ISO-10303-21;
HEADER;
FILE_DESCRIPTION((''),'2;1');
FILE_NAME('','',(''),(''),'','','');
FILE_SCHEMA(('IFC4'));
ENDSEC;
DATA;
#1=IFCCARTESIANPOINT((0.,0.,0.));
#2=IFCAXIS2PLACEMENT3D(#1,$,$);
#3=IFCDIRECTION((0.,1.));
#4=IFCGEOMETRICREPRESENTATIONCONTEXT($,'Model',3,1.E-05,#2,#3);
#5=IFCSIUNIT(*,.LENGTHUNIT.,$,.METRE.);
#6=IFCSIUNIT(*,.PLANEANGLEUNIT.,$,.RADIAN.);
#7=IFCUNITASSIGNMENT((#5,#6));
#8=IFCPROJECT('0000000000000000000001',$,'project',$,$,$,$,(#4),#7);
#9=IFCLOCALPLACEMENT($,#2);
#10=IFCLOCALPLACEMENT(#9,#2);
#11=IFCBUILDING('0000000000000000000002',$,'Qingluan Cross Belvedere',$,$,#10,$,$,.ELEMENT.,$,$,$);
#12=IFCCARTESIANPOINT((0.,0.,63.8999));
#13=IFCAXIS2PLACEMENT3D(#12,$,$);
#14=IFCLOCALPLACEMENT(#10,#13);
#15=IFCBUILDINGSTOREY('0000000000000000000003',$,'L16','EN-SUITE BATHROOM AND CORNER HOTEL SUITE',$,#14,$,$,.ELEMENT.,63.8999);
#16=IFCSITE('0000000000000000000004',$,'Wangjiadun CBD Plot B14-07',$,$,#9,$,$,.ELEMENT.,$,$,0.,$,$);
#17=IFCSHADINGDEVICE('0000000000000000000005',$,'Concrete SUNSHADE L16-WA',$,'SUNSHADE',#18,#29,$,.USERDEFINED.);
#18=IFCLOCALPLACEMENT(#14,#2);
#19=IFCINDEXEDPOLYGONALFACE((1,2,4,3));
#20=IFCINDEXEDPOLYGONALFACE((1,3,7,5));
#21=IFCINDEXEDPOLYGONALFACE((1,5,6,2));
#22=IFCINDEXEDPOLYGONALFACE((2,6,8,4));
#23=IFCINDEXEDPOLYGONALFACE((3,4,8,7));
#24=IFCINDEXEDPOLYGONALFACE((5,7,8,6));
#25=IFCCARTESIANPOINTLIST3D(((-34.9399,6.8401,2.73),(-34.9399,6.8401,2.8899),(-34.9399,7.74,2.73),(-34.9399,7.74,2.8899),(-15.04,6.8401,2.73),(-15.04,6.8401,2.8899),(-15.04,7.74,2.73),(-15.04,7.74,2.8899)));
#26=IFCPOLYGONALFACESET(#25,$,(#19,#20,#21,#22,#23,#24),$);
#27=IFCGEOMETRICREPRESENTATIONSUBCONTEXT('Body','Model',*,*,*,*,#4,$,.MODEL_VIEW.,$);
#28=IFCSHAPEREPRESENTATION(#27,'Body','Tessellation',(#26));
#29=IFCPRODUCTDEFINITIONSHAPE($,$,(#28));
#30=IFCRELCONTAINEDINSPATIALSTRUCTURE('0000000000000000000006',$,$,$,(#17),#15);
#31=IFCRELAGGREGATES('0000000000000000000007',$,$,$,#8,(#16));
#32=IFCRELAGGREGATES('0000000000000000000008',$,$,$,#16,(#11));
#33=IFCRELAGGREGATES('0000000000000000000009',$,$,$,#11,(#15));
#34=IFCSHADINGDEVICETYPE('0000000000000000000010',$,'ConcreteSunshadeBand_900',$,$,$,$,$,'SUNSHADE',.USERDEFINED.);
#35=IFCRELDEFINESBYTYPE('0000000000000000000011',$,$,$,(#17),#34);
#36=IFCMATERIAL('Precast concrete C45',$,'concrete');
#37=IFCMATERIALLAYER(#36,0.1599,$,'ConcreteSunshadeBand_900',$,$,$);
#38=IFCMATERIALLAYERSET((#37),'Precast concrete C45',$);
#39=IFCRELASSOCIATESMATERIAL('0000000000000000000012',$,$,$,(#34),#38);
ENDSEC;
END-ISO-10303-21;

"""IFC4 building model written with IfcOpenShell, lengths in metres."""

from ifc_helpers import new_model, si_unit, direction, frame, origin, origin_2d, place, context, subcontext, project, spatial, rectangle, extrude, material, layer, layer_set, type_object, element, save


model = new_model("IFC4")

# Units and contexts
model_context = context("Model", 3, precision=1e-05, world=origin(), true_north=direction((0.0, 1.0)))
body_context = subcontext(model_context, "Body", "Model", "MODEL_VIEW")
ifc_project = project(units=[si_unit("LENGTHUNIT", "METRE"), si_unit("PLANEANGLEUNIT", "RADIAN")], contexts=[model_context])

# Site, building, storey
site_placement = place(None, origin())
site = spatial("IfcSite", under=ifc_project, at=site_placement, Name="Wangjiadun CBD Plot B14-07", CompositionType="ELEMENT", RefElevation=0.0)
building_placement = place(site_placement, origin())
building = spatial("IfcBuilding", under=site, at=building_placement, Name="Qingluan Cross Belvedere", CompositionType="ELEMENT")
storey_placement = place(building_placement, frame((0.0, 0.0, 63.8999)))
storey = spatial("IfcBuildingStorey", under=building, at=storey_placement, Name="L16", Description="EN-SUITE BATHROOM AND CORNER HOTEL SUITE", CompositionType="ELEMENT", Elevation=63.8999)

# Shading device
ifc_material_1 = material(Name="Precast concrete C45", Category="concrete")
ifc_layer_1 = layer(ifc_material_1, 0.1599, Name="ConcreteSunshadeBand_900")
ifc_layer_set_1 = layer_set([ifc_layer_1], Name="Precast concrete C45")
shading_device_type = type_object("IfcShadingDeviceType", Name="ConcreteSunshadeBand_900", ElementType="SUNSHADE", PredefinedType="USERDEFINED", material=ifc_layer_set_1)
shading_device_placement = place(storey_placement, frame((-24.99, 7.29, 2.73), z_axis=(0.0, 0.0, 1.0), x_axis=(-1.0, 0.0, 0.0)))
element("IfcShadingDevice", 1, at=shading_device_placement, inside=storey, type_object=shading_device_type, Name="Concrete SUNSHADE L16-WA", ObjectType="SUNSHADE", PredefinedType="USERDEFINED", context=body_context, shape_type="SweptSolid", body=[
    extrude(rectangle(XDim=19.8999, YDim=0.8999, at=origin_2d()), origin(), (0.0, 0.0, 1.0), 0.1599),
])

save(model, "model.ifc")
